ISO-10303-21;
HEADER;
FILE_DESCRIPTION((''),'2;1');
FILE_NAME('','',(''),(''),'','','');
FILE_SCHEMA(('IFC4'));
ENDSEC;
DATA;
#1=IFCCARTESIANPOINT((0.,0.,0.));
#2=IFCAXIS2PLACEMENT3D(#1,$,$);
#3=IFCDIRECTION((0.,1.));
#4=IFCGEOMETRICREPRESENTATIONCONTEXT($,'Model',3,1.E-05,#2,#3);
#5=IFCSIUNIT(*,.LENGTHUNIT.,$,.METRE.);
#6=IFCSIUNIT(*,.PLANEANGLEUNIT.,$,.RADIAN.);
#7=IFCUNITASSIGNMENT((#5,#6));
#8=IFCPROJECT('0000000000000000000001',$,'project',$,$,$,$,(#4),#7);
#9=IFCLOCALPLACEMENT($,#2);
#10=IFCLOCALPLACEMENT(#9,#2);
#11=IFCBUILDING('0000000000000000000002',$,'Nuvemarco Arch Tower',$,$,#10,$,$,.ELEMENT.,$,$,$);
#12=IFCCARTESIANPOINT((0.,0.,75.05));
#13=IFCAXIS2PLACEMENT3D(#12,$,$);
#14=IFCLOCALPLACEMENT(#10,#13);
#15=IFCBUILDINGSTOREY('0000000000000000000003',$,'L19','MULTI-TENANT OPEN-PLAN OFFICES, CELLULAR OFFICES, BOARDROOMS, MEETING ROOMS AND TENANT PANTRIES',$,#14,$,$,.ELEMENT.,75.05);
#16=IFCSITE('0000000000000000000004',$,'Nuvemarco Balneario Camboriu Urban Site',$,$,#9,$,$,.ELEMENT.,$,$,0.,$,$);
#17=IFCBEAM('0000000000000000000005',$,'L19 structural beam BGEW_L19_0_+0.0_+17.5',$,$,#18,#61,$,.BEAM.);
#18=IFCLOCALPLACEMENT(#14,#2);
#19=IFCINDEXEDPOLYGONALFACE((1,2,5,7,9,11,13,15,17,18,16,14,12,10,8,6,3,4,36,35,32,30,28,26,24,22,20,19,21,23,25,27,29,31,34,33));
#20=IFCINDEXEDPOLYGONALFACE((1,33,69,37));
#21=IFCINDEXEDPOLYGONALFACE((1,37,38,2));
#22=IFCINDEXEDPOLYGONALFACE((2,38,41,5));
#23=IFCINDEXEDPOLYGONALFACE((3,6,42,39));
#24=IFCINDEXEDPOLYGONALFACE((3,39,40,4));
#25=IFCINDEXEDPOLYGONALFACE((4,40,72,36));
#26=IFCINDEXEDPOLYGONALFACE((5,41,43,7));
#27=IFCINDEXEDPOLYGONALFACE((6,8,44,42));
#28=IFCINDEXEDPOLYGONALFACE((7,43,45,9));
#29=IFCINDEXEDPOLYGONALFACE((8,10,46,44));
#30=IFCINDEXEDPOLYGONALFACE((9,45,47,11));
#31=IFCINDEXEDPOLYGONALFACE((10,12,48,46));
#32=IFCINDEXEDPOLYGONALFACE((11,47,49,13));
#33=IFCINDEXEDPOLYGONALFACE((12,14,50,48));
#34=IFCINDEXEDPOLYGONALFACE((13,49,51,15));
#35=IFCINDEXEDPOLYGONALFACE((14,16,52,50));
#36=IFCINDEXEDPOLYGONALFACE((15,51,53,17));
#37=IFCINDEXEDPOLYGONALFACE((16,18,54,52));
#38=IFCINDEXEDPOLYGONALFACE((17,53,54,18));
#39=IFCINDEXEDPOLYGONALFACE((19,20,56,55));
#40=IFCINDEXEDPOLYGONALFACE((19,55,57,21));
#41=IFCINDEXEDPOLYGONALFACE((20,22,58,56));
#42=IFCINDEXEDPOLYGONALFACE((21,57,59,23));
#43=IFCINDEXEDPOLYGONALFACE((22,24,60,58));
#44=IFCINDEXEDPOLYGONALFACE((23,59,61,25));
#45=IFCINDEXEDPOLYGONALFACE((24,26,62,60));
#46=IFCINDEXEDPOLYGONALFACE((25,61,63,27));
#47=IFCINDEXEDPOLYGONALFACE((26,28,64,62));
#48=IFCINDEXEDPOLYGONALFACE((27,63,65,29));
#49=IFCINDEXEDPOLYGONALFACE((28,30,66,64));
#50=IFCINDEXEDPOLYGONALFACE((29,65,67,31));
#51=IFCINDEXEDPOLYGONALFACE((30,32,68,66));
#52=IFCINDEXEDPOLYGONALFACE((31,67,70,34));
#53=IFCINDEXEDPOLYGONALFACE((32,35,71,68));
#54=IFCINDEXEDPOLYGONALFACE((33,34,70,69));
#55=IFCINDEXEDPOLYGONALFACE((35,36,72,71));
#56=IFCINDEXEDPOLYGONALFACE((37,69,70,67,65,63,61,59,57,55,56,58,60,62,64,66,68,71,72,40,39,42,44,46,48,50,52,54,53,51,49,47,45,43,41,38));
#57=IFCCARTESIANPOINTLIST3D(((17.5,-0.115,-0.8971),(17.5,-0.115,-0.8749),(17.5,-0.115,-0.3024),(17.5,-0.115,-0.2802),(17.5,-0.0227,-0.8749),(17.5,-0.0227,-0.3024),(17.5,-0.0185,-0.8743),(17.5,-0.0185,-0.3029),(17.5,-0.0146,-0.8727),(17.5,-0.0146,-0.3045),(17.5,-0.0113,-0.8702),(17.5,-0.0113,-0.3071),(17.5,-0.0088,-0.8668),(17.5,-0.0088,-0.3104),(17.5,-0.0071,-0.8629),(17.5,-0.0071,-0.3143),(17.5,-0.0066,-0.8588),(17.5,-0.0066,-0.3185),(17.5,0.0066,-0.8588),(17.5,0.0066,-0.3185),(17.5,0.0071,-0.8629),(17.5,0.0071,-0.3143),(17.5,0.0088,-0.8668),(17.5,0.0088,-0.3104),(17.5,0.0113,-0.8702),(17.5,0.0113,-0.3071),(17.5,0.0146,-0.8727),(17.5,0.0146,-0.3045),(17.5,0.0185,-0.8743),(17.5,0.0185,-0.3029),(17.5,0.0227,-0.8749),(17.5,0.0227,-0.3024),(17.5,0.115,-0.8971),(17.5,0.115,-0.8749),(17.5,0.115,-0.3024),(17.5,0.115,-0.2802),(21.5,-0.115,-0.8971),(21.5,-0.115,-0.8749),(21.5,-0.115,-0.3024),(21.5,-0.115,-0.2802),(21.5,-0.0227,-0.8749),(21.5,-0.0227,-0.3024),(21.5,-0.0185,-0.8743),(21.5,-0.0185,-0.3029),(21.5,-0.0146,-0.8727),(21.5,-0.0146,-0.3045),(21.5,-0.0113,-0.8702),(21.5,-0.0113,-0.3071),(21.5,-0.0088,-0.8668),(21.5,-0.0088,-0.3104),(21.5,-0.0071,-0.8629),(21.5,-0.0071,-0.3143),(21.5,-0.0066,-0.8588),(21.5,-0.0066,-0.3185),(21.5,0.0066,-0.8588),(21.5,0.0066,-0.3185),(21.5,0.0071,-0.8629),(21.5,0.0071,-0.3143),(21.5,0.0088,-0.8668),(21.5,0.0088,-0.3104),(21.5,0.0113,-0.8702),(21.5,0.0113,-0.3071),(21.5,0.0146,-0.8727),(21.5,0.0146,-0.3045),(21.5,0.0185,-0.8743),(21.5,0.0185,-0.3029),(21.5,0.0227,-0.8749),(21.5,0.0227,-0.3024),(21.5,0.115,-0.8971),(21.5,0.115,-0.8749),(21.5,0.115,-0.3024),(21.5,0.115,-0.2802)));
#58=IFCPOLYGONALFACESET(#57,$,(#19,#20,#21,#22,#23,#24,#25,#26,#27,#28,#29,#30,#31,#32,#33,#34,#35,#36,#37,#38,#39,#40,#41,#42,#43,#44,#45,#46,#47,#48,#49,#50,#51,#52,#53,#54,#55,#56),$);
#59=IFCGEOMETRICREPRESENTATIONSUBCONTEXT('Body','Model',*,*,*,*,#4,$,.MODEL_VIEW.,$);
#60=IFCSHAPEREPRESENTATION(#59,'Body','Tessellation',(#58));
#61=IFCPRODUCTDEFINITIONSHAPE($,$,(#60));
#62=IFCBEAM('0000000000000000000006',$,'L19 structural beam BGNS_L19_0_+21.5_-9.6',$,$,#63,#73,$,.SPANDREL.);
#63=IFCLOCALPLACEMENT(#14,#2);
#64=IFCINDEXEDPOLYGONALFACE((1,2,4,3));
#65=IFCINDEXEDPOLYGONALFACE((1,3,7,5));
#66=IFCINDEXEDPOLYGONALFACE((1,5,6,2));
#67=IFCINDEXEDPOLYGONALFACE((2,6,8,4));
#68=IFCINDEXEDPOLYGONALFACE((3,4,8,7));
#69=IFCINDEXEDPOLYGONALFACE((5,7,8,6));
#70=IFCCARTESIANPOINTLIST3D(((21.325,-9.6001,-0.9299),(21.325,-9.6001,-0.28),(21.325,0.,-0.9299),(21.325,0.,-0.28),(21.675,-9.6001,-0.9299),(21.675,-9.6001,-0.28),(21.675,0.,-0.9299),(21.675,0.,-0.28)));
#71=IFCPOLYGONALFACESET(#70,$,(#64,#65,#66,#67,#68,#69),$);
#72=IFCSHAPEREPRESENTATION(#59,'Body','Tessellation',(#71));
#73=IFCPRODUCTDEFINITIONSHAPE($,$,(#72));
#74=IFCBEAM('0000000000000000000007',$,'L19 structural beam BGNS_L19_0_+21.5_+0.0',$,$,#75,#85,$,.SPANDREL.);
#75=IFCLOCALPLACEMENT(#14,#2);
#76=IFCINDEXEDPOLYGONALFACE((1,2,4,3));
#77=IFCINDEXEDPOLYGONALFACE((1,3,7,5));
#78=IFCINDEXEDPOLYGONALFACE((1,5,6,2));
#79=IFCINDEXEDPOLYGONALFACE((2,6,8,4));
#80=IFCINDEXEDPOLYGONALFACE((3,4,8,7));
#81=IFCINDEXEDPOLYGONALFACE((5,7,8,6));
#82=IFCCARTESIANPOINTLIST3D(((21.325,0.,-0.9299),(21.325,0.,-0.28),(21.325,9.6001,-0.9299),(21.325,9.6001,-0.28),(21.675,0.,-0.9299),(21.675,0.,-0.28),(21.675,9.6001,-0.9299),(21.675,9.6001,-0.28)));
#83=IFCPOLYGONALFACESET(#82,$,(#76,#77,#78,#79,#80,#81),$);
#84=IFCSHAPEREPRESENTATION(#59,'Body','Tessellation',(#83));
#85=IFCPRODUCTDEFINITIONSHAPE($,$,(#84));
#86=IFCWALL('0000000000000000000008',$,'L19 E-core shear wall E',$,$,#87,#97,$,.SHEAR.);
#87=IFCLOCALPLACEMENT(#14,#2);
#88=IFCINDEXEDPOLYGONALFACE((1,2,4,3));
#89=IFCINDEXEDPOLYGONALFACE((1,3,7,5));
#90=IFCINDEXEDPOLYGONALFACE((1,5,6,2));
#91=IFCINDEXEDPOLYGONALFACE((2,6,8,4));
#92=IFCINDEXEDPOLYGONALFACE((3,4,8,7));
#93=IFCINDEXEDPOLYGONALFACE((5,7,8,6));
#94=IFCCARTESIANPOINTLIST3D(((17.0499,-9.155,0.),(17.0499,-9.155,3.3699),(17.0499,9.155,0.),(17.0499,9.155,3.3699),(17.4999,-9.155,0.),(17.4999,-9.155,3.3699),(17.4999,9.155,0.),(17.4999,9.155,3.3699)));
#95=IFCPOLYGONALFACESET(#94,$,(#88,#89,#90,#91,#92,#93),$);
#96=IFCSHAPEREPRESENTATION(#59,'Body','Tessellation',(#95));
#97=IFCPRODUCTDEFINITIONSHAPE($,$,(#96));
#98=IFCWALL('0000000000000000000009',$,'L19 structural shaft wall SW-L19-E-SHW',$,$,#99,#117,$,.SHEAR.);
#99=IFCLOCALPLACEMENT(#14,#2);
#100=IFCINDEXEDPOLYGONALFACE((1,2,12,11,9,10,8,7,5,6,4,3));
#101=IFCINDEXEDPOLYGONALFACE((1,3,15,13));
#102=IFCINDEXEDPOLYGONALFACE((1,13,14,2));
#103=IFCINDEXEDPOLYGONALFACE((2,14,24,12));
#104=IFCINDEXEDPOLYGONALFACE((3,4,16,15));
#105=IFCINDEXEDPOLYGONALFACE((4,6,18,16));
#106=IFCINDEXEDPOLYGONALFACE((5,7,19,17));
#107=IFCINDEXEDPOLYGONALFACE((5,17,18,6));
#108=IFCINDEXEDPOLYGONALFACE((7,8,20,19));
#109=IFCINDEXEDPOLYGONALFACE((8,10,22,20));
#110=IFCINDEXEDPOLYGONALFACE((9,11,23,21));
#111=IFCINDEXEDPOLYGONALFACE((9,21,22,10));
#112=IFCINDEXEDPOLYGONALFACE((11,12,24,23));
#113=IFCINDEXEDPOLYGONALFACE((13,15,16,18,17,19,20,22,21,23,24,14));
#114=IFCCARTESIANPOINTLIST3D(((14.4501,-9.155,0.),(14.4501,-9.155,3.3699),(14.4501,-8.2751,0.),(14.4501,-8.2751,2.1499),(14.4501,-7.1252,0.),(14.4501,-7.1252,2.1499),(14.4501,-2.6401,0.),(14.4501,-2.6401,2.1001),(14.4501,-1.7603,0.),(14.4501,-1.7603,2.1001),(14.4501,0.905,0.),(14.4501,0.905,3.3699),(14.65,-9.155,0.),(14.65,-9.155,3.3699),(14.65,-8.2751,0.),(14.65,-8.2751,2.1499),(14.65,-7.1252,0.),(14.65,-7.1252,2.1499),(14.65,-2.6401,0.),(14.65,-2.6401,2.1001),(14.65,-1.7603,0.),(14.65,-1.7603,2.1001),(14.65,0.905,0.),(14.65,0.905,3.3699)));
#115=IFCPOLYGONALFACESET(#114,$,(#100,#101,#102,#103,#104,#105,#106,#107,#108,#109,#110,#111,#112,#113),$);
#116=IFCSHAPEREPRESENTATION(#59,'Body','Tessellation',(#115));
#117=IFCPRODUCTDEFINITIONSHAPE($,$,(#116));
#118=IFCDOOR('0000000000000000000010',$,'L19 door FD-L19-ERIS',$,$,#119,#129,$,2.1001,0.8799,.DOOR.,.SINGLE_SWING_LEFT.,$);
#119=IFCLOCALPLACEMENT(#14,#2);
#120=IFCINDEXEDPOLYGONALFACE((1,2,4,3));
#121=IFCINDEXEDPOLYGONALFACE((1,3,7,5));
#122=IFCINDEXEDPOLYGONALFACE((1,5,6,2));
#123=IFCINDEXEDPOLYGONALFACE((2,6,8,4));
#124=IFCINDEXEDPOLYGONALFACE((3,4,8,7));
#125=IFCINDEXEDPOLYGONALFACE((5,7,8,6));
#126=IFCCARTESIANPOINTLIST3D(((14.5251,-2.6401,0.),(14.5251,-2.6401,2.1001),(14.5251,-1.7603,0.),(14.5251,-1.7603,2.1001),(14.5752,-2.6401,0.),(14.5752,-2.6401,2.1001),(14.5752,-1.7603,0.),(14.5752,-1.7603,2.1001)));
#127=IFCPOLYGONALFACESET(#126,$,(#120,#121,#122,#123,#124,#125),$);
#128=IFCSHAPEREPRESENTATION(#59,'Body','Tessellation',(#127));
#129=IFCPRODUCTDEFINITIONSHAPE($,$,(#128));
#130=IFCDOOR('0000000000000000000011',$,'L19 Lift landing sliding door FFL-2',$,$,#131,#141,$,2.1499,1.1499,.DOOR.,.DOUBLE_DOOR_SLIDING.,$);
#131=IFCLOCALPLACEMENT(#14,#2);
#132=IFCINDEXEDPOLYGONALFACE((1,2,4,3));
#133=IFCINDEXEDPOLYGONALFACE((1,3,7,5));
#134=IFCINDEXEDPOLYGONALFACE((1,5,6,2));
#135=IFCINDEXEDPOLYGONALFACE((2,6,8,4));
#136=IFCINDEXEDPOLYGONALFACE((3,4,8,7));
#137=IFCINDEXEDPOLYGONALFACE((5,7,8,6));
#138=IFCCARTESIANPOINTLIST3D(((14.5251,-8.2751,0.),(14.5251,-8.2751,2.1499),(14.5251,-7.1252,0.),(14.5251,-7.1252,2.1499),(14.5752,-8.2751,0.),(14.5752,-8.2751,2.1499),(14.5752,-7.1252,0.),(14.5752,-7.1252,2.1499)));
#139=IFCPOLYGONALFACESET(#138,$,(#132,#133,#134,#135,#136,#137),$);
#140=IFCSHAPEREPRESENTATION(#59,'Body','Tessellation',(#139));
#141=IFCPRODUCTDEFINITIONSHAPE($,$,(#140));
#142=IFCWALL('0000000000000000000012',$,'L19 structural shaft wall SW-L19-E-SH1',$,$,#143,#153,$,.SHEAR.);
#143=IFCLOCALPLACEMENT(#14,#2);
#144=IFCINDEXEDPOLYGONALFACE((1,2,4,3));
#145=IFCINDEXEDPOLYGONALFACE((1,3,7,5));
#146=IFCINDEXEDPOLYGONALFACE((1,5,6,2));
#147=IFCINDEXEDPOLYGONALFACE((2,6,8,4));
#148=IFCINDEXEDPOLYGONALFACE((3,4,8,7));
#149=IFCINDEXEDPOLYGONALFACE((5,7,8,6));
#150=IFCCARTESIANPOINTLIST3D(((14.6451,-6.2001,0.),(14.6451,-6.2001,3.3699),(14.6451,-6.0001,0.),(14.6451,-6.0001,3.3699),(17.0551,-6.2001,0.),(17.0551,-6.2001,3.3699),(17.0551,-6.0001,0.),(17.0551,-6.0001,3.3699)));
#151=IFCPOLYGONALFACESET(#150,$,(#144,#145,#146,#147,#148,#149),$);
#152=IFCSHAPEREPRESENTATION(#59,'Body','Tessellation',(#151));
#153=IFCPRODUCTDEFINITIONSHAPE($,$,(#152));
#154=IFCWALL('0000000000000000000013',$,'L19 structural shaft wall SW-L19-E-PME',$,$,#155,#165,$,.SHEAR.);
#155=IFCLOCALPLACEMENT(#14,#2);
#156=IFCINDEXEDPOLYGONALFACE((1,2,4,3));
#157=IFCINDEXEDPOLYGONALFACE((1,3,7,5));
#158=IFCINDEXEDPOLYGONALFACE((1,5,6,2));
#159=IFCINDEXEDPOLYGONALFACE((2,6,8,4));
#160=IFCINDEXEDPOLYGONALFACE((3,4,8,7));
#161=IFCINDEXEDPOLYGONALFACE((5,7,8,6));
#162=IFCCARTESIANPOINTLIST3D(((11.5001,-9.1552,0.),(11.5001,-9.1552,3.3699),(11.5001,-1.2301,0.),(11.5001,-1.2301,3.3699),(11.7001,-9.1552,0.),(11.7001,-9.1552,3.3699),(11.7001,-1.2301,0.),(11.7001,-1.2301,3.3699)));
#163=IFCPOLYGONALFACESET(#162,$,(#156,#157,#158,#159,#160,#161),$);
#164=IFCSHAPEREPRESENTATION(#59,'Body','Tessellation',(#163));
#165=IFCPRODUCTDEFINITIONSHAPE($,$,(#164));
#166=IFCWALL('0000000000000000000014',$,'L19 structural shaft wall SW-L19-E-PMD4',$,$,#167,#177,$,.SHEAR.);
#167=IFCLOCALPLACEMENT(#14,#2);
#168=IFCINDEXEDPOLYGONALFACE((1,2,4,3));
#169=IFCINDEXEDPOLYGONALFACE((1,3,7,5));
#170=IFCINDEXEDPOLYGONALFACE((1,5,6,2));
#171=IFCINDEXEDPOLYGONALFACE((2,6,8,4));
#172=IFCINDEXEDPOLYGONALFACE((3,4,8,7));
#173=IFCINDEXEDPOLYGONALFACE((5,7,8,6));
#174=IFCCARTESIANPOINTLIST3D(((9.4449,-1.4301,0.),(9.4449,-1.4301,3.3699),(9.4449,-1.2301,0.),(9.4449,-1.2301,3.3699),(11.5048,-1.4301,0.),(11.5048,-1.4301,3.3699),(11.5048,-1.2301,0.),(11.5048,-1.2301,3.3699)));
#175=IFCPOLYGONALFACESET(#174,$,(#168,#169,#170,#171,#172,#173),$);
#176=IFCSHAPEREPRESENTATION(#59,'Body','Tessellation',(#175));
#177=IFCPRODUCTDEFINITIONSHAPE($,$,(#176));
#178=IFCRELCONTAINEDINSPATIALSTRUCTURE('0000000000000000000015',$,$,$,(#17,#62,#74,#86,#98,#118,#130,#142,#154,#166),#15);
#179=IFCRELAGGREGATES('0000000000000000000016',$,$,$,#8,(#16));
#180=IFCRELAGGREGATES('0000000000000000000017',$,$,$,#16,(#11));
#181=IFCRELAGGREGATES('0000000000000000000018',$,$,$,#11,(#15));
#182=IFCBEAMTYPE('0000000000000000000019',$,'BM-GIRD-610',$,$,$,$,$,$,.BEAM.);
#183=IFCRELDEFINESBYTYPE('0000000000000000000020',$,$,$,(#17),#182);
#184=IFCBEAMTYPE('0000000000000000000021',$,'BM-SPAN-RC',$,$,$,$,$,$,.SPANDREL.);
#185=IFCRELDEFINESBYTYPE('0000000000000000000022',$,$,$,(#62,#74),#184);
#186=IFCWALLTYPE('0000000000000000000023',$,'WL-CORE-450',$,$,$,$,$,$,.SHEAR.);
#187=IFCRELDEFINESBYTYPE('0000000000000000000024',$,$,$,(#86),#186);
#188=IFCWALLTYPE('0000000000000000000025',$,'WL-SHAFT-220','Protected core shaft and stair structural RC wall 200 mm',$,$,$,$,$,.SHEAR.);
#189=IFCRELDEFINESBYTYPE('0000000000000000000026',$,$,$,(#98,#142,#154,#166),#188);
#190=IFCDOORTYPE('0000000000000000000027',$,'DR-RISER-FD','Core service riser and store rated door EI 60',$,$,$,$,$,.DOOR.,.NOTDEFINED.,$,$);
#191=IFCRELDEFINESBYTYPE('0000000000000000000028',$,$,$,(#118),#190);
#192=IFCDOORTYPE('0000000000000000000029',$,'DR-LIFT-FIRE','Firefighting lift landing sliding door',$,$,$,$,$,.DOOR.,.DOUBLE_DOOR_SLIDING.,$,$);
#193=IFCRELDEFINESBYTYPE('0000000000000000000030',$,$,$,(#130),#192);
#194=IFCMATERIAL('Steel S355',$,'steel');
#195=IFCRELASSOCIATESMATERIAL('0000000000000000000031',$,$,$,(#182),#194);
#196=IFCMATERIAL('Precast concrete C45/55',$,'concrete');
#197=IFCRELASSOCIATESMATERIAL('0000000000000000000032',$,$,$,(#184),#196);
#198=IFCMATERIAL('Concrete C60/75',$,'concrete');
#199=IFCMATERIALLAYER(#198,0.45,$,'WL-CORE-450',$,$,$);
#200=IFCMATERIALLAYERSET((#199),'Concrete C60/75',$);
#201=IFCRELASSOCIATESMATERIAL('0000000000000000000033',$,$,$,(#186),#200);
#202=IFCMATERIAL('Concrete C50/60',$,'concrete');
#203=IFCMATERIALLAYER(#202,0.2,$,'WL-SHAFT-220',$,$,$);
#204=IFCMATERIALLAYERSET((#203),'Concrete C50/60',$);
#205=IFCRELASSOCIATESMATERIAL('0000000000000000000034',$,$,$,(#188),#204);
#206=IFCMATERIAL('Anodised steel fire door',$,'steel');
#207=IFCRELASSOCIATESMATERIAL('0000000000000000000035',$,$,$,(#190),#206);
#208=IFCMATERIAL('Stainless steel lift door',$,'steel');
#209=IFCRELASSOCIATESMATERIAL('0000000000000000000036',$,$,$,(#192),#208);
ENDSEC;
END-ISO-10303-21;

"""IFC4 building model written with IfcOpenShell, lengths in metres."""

from ifc_helpers import new_model, si_unit, direction, frame, frame_2d, origin, origin_2d, place, context, subcontext, project, spatial, rectangle, i_section, extrude, source, transform, mapped, material, layer, layer_set, material_profile, profile_set, type_object, type_shapes, element, fill, save


model = new_model("IFC4")

# Units and contexts
model_context = context("Model", 3, precision=1e-05, world=origin(), true_north=direction((0.0, 1.0)))
body_context = subcontext(model_context, "Body", "Model", "MODEL_VIEW")
ifc_project = project(units=[si_unit("LENGTHUNIT", "METRE"), si_unit("PLANEANGLEUNIT", "RADIAN")], contexts=[model_context])

# Site, building, storey
site_placement = place(None, origin())
site = spatial("IfcSite", under=ifc_project, at=site_placement, Name="Nuvemarco Balneario Camboriu Urban Site", CompositionType="ELEMENT", RefElevation=0.0)
building_placement = place(site_placement, origin())
building = spatial("IfcBuilding", under=site, at=building_placement, Name="Nuvemarco Arch Tower", CompositionType="ELEMENT")
storey_placement = place(building_placement, frame((0.0, 0.0, 75.05)))
storey = spatial("IfcBuildingStorey", under=building, at=storey_placement, Name="L19", Description="MULTI-TENANT OPEN-PLAN OFFICES, CELLULAR OFFICES, BOARDROOMS, MEETING ROOMS AND TENANT PANTRIES", CompositionType="ELEMENT", Elevation=75.05)

# Shared definitions
ifc_material_1 = material(Name="Concrete C60/75", Category="concrete")

# Beams
ifc_material_2 = material(Name="Steel S355", Category="steel")
ifc_material_profile_1 = material_profile(ifc_material_2, i_section(OverallWidth=0.23, OverallDepth=0.6169, WebThickness=0.0132, FlangeThickness=0.0222, FilletRadius=0.0161, at=origin_2d()), Name="W610x140")
ifc_profile_set_1 = profile_set([ifc_material_profile_1], Name="Steel S355")
beam_type_1 = type_object("IfcBeamType", Name="BM-GIRD-610", PredefinedType="BEAM", material=ifc_profile_set_1)
for number, where, z_axis, x_axis, name in (
    (1, (17.5, 0.0, -0.5886), (1.0, 0.0, 0.0), (0.0, 1.0, 0.0), "L19 structural beam BGEW_L19_0_+0.0_+17.5"),
):
    element("IfcBeam", number, at=place(storey_placement, frame(where, z_axis=z_axis, x_axis=x_axis)), inside=storey, type_object=beam_type_1, Name=name, PredefinedType="BEAM", context=body_context, shape_type="SweptSolid", body=[
        extrude(i_section(OverallWidth=0.23, OverallDepth=0.6169, WebThickness=0.0132, FlangeThickness=0.0222, FilletRadius=0.0161, at=origin_2d()), origin(), (0.0, 0.0, 1.0), 4.0),
    ])
ifc_material_3 = material(Name="Precast concrete C45/55", Category="concrete")
ifc_material_profile_2 = material_profile(ifc_material_3, rectangle(XDim=0.3501, YDim=0.6499, at=origin_2d()), Name="PC-SP-350x650")
ifc_profile_set_2 = profile_set([ifc_material_profile_2], Name="Precast concrete C45/55")
beam_type_2 = type_object("IfcBeamType", Name="BM-SPAN-RC", PredefinedType="SPANDREL", material=ifc_profile_set_2)
for number, where, z_axis, x_axis, name in (
    (2, (21.5, -9.6001, -0.605), (0.0, 1.0, 0.0), (-1.0, 0.0, 0.0), "L19 structural beam BGNS_L19_0_+21.5_-9.6"),
    (3, (21.5, 0.0, -0.605), (0.0, 1.0, 0.0), (-1.0, 0.0, 0.0), "L19 structural beam BGNS_L19_0_+21.5_+0.0"),
):
    element("IfcBeam", number, at=place(storey_placement, frame(where, z_axis=z_axis, x_axis=x_axis)), inside=storey, type_object=beam_type_2, Name=name, PredefinedType="SPANDREL", context=body_context, shape_type="SweptSolid", body=[
        extrude(rectangle(XDim=0.3501, YDim=0.6499, at=origin_2d()), origin(), (0.0, 0.0, 1.0), 9.6001),
    ])

# Wall
ifc_layer_1 = layer(ifc_material_1, 0.45, Name="WL-CORE-450")
ifc_layer_set_1 = layer_set([ifc_layer_1], Name="Concrete C60/75")
wall_type_1 = type_object("IfcWallType", Name="WL-CORE-450", PredefinedType="SHEAR", material=ifc_layer_set_1)
wall_1_placement = place(storey_placement, frame((17.2749, -9.155, 0.0), z_axis=(0.0, 0.0, 1.0), x_axis=(0.0, 1.0, 0.0)))
element("IfcWall", 4, at=wall_1_placement, inside=storey, type_object=wall_type_1, Name="L19 E-core shear wall E", PredefinedType="SHEAR", context=body_context, shape_type="SweptSolid", body=[
    extrude(rectangle(XDim=18.3101, YDim=0.45, at=frame_2d((9.155, 0.0))), origin(), (0.0, 0.0, 1.0), 3.3699),
])

# Wall, openings, doors
ifc_material_4 = material(Name="Concrete C50/60", Category="concrete")
ifc_layer_2 = layer(ifc_material_4, 0.2, Name="WL-SHAFT-220")
ifc_layer_set_2 = layer_set([ifc_layer_2], Name="Concrete C50/60")
wall_type_2 = type_object("IfcWallType", Name="WL-SHAFT-220", Description="Protected core shaft and stair structural RC wall 200 mm", PredefinedType="SHEAR", material=ifc_layer_set_2)
wall_2_placement = place(storey_placement, frame((14.55, -9.155, 0.0), z_axis=(0.0, 0.0, 1.0), x_axis=(0.0, 1.0, 0.0)))
wall_2 = element("IfcWall", 5, at=wall_2_placement, inside=storey, type_object=wall_type_2, Name="L19 structural shaft wall SW-L19-E-SHW", PredefinedType="SHEAR", context=body_context, shape_type="SweptSolid", body=[
    extrude(rectangle(XDim=10.0601, YDim=0.2, at=frame_2d((5.03, 0.0))), origin(), (0.0, 0.0, 1.0), 3.3699),
])
opening_1_placement = place(wall_2_placement, frame((6.5149, 0.0, 0.0)))
opening_1 = element("IfcOpeningElement", 6, at=opening_1_placement, cuts=wall_2, PredefinedType="OPENING", context=body_context, shape_type="SweptSolid", body=[
    extrude(rectangle(XDim=0.8799, YDim=2.1001, at=frame_2d((0.4399, 1.05))), frame((0.0, 0.1099, 0.0), z_axis=(0.0, -1.0, 0.0), x_axis=(1.0, 0.0, 0.0)), (0.0, 0.0, 1.0), 0.22),
])
opening_2_placement = place(wall_2_placement, frame((0.8799, 0.0, 0.0)))
opening_2 = element("IfcOpeningElement", 7, at=opening_2_placement, cuts=wall_2, PredefinedType="OPENING", context=body_context, shape_type="SweptSolid", body=[
    extrude(rectangle(XDim=1.1499, YDim=2.1499, at=frame_2d((0.575, 1.075))), frame((0.0, 0.1099, 0.0), z_axis=(0.0, -1.0, 0.0), x_axis=(1.0, 0.0, 0.0)), (0.0, 0.0, 1.0), 0.22),
])
ifc_material_5 = material(Name="Anodised steel fire door", Category="steel")
door_type_1 = type_object("IfcDoorType", Name="DR-RISER-FD", Description="Core service riser and store rated door EI 60", OperationType="NOTDEFINED", PredefinedType="DOOR", material=ifc_material_5)
shared_shape_1 = source(origin(), body_context, "Body", "SweptSolid", [
    extrude(rectangle(XDim=0.8799, YDim=2.1001, at=frame_2d((0.4399, 1.05))), frame((0.0, 0.0249, 0.0), z_axis=(0.0, -1.0, 0.0), x_axis=(1.0, 0.0, 0.0)), (0.0, 0.0, 1.0), 0.05),
])
type_shapes(door_type_1, [shared_shape_1])
door_1_placement = place(opening_1_placement, origin())
door_1 = element("IfcDoor", 8, at=door_1_placement, inside=storey, type_object=door_type_1, Name="L19 door FD-L19-ERIS", OperationType="SINGLE_SWING_LEFT", OverallHeight=2.1001, OverallWidth=0.8799, PredefinedType="DOOR", context=body_context, shape_type="MappedRepresentation", body=[
    mapped(shared_shape_1, transform((0.0, 0.0, 0.0), scale=1.0)),
])
fill(opening_1, door_1)
ifc_material_6 = material(Name="Stainless steel lift door", Category="steel")
door_type_2 = type_object("IfcDoorType", Name="DR-LIFT-FIRE", Description="Firefighting lift landing sliding door", OperationType="DOUBLE_DOOR_SLIDING", PredefinedType="DOOR", material=ifc_material_6)
shared_shape_2 = source(origin(), body_context, "Body", "SweptSolid", [
    extrude(rectangle(XDim=1.1499, YDim=2.1499, at=frame_2d((0.575, 1.075))), frame((0.0, 0.0249, 0.0), z_axis=(0.0, -1.0, 0.0), x_axis=(1.0, 0.0, 0.0)), (0.0, 0.0, 1.0), 0.05),
])
type_shapes(door_type_2, [shared_shape_2])
door_2_placement = place(opening_2_placement, origin())
door_2 = element("IfcDoor", 9, at=door_2_placement, inside=storey, type_object=door_type_2, Name="L19 Lift landing sliding door FFL-2", OperationType="DOUBLE_DOOR_SLIDING", OverallHeight=2.1499, OverallWidth=1.1499, PredefinedType="DOOR", context=body_context, shape_type="MappedRepresentation", body=[
    mapped(shared_shape_2, transform((0.0, 0.0, 0.0), scale=1.0)),
])
fill(opening_2, door_2)

# Walls
wall_3_placement = place(storey_placement, frame((14.645, -6.1001, 0.0), z_axis=(0.0, 0.0, 1.0), x_axis=(1.0, 0.0, 0.0)))
element("IfcWall", 10, at=wall_3_placement, inside=storey, type_object=wall_type_2, Name="L19 structural shaft wall SW-L19-E-SH1", PredefinedType="SHEAR", context=body_context, shape_type="SweptSolid", body=[
    extrude(rectangle(XDim=2.4099, YDim=0.2, at=frame_2d((1.2051, 0.0))), origin(), (0.0, 0.0, 1.0), 3.3699),
])
wall_4_placement = place(storey_placement, frame((11.6001, -9.155, 0.0), z_axis=(0.0, 0.0, 1.0), x_axis=(0.0, 1.0, 0.0)))
element("IfcWall", 11, at=wall_4_placement, inside=storey, type_object=wall_type_2, Name="L19 structural shaft wall SW-L19-E-PME", PredefinedType="SHEAR", context=body_context, shape_type="SweptSolid", body=[
    extrude(rectangle(XDim=7.925, YDim=0.2, at=frame_2d((3.9624, 0.0))), origin(), (0.0, 0.0, 1.0), 3.3699),
])

# Wall
wall_5_placement = place(storey_placement, frame((9.4451, -1.3301, 0.0), z_axis=(0.0, 0.0, 1.0), x_axis=(1.0, 0.0, 0.0)))
element("IfcWall", 12, at=wall_5_placement, inside=storey, type_object=wall_type_2, Name="L19 structural shaft wall SW-L19-E-PMD4", PredefinedType="SHEAR", context=body_context, shape_type="SweptSolid", body=[
    extrude(rectangle(XDim=2.0598, YDim=0.2, at=frame_2d((1.0298, 0.0))), origin(), (0.0, 0.0, 1.0), 3.3699),
])

save(model, "model.ifc")
